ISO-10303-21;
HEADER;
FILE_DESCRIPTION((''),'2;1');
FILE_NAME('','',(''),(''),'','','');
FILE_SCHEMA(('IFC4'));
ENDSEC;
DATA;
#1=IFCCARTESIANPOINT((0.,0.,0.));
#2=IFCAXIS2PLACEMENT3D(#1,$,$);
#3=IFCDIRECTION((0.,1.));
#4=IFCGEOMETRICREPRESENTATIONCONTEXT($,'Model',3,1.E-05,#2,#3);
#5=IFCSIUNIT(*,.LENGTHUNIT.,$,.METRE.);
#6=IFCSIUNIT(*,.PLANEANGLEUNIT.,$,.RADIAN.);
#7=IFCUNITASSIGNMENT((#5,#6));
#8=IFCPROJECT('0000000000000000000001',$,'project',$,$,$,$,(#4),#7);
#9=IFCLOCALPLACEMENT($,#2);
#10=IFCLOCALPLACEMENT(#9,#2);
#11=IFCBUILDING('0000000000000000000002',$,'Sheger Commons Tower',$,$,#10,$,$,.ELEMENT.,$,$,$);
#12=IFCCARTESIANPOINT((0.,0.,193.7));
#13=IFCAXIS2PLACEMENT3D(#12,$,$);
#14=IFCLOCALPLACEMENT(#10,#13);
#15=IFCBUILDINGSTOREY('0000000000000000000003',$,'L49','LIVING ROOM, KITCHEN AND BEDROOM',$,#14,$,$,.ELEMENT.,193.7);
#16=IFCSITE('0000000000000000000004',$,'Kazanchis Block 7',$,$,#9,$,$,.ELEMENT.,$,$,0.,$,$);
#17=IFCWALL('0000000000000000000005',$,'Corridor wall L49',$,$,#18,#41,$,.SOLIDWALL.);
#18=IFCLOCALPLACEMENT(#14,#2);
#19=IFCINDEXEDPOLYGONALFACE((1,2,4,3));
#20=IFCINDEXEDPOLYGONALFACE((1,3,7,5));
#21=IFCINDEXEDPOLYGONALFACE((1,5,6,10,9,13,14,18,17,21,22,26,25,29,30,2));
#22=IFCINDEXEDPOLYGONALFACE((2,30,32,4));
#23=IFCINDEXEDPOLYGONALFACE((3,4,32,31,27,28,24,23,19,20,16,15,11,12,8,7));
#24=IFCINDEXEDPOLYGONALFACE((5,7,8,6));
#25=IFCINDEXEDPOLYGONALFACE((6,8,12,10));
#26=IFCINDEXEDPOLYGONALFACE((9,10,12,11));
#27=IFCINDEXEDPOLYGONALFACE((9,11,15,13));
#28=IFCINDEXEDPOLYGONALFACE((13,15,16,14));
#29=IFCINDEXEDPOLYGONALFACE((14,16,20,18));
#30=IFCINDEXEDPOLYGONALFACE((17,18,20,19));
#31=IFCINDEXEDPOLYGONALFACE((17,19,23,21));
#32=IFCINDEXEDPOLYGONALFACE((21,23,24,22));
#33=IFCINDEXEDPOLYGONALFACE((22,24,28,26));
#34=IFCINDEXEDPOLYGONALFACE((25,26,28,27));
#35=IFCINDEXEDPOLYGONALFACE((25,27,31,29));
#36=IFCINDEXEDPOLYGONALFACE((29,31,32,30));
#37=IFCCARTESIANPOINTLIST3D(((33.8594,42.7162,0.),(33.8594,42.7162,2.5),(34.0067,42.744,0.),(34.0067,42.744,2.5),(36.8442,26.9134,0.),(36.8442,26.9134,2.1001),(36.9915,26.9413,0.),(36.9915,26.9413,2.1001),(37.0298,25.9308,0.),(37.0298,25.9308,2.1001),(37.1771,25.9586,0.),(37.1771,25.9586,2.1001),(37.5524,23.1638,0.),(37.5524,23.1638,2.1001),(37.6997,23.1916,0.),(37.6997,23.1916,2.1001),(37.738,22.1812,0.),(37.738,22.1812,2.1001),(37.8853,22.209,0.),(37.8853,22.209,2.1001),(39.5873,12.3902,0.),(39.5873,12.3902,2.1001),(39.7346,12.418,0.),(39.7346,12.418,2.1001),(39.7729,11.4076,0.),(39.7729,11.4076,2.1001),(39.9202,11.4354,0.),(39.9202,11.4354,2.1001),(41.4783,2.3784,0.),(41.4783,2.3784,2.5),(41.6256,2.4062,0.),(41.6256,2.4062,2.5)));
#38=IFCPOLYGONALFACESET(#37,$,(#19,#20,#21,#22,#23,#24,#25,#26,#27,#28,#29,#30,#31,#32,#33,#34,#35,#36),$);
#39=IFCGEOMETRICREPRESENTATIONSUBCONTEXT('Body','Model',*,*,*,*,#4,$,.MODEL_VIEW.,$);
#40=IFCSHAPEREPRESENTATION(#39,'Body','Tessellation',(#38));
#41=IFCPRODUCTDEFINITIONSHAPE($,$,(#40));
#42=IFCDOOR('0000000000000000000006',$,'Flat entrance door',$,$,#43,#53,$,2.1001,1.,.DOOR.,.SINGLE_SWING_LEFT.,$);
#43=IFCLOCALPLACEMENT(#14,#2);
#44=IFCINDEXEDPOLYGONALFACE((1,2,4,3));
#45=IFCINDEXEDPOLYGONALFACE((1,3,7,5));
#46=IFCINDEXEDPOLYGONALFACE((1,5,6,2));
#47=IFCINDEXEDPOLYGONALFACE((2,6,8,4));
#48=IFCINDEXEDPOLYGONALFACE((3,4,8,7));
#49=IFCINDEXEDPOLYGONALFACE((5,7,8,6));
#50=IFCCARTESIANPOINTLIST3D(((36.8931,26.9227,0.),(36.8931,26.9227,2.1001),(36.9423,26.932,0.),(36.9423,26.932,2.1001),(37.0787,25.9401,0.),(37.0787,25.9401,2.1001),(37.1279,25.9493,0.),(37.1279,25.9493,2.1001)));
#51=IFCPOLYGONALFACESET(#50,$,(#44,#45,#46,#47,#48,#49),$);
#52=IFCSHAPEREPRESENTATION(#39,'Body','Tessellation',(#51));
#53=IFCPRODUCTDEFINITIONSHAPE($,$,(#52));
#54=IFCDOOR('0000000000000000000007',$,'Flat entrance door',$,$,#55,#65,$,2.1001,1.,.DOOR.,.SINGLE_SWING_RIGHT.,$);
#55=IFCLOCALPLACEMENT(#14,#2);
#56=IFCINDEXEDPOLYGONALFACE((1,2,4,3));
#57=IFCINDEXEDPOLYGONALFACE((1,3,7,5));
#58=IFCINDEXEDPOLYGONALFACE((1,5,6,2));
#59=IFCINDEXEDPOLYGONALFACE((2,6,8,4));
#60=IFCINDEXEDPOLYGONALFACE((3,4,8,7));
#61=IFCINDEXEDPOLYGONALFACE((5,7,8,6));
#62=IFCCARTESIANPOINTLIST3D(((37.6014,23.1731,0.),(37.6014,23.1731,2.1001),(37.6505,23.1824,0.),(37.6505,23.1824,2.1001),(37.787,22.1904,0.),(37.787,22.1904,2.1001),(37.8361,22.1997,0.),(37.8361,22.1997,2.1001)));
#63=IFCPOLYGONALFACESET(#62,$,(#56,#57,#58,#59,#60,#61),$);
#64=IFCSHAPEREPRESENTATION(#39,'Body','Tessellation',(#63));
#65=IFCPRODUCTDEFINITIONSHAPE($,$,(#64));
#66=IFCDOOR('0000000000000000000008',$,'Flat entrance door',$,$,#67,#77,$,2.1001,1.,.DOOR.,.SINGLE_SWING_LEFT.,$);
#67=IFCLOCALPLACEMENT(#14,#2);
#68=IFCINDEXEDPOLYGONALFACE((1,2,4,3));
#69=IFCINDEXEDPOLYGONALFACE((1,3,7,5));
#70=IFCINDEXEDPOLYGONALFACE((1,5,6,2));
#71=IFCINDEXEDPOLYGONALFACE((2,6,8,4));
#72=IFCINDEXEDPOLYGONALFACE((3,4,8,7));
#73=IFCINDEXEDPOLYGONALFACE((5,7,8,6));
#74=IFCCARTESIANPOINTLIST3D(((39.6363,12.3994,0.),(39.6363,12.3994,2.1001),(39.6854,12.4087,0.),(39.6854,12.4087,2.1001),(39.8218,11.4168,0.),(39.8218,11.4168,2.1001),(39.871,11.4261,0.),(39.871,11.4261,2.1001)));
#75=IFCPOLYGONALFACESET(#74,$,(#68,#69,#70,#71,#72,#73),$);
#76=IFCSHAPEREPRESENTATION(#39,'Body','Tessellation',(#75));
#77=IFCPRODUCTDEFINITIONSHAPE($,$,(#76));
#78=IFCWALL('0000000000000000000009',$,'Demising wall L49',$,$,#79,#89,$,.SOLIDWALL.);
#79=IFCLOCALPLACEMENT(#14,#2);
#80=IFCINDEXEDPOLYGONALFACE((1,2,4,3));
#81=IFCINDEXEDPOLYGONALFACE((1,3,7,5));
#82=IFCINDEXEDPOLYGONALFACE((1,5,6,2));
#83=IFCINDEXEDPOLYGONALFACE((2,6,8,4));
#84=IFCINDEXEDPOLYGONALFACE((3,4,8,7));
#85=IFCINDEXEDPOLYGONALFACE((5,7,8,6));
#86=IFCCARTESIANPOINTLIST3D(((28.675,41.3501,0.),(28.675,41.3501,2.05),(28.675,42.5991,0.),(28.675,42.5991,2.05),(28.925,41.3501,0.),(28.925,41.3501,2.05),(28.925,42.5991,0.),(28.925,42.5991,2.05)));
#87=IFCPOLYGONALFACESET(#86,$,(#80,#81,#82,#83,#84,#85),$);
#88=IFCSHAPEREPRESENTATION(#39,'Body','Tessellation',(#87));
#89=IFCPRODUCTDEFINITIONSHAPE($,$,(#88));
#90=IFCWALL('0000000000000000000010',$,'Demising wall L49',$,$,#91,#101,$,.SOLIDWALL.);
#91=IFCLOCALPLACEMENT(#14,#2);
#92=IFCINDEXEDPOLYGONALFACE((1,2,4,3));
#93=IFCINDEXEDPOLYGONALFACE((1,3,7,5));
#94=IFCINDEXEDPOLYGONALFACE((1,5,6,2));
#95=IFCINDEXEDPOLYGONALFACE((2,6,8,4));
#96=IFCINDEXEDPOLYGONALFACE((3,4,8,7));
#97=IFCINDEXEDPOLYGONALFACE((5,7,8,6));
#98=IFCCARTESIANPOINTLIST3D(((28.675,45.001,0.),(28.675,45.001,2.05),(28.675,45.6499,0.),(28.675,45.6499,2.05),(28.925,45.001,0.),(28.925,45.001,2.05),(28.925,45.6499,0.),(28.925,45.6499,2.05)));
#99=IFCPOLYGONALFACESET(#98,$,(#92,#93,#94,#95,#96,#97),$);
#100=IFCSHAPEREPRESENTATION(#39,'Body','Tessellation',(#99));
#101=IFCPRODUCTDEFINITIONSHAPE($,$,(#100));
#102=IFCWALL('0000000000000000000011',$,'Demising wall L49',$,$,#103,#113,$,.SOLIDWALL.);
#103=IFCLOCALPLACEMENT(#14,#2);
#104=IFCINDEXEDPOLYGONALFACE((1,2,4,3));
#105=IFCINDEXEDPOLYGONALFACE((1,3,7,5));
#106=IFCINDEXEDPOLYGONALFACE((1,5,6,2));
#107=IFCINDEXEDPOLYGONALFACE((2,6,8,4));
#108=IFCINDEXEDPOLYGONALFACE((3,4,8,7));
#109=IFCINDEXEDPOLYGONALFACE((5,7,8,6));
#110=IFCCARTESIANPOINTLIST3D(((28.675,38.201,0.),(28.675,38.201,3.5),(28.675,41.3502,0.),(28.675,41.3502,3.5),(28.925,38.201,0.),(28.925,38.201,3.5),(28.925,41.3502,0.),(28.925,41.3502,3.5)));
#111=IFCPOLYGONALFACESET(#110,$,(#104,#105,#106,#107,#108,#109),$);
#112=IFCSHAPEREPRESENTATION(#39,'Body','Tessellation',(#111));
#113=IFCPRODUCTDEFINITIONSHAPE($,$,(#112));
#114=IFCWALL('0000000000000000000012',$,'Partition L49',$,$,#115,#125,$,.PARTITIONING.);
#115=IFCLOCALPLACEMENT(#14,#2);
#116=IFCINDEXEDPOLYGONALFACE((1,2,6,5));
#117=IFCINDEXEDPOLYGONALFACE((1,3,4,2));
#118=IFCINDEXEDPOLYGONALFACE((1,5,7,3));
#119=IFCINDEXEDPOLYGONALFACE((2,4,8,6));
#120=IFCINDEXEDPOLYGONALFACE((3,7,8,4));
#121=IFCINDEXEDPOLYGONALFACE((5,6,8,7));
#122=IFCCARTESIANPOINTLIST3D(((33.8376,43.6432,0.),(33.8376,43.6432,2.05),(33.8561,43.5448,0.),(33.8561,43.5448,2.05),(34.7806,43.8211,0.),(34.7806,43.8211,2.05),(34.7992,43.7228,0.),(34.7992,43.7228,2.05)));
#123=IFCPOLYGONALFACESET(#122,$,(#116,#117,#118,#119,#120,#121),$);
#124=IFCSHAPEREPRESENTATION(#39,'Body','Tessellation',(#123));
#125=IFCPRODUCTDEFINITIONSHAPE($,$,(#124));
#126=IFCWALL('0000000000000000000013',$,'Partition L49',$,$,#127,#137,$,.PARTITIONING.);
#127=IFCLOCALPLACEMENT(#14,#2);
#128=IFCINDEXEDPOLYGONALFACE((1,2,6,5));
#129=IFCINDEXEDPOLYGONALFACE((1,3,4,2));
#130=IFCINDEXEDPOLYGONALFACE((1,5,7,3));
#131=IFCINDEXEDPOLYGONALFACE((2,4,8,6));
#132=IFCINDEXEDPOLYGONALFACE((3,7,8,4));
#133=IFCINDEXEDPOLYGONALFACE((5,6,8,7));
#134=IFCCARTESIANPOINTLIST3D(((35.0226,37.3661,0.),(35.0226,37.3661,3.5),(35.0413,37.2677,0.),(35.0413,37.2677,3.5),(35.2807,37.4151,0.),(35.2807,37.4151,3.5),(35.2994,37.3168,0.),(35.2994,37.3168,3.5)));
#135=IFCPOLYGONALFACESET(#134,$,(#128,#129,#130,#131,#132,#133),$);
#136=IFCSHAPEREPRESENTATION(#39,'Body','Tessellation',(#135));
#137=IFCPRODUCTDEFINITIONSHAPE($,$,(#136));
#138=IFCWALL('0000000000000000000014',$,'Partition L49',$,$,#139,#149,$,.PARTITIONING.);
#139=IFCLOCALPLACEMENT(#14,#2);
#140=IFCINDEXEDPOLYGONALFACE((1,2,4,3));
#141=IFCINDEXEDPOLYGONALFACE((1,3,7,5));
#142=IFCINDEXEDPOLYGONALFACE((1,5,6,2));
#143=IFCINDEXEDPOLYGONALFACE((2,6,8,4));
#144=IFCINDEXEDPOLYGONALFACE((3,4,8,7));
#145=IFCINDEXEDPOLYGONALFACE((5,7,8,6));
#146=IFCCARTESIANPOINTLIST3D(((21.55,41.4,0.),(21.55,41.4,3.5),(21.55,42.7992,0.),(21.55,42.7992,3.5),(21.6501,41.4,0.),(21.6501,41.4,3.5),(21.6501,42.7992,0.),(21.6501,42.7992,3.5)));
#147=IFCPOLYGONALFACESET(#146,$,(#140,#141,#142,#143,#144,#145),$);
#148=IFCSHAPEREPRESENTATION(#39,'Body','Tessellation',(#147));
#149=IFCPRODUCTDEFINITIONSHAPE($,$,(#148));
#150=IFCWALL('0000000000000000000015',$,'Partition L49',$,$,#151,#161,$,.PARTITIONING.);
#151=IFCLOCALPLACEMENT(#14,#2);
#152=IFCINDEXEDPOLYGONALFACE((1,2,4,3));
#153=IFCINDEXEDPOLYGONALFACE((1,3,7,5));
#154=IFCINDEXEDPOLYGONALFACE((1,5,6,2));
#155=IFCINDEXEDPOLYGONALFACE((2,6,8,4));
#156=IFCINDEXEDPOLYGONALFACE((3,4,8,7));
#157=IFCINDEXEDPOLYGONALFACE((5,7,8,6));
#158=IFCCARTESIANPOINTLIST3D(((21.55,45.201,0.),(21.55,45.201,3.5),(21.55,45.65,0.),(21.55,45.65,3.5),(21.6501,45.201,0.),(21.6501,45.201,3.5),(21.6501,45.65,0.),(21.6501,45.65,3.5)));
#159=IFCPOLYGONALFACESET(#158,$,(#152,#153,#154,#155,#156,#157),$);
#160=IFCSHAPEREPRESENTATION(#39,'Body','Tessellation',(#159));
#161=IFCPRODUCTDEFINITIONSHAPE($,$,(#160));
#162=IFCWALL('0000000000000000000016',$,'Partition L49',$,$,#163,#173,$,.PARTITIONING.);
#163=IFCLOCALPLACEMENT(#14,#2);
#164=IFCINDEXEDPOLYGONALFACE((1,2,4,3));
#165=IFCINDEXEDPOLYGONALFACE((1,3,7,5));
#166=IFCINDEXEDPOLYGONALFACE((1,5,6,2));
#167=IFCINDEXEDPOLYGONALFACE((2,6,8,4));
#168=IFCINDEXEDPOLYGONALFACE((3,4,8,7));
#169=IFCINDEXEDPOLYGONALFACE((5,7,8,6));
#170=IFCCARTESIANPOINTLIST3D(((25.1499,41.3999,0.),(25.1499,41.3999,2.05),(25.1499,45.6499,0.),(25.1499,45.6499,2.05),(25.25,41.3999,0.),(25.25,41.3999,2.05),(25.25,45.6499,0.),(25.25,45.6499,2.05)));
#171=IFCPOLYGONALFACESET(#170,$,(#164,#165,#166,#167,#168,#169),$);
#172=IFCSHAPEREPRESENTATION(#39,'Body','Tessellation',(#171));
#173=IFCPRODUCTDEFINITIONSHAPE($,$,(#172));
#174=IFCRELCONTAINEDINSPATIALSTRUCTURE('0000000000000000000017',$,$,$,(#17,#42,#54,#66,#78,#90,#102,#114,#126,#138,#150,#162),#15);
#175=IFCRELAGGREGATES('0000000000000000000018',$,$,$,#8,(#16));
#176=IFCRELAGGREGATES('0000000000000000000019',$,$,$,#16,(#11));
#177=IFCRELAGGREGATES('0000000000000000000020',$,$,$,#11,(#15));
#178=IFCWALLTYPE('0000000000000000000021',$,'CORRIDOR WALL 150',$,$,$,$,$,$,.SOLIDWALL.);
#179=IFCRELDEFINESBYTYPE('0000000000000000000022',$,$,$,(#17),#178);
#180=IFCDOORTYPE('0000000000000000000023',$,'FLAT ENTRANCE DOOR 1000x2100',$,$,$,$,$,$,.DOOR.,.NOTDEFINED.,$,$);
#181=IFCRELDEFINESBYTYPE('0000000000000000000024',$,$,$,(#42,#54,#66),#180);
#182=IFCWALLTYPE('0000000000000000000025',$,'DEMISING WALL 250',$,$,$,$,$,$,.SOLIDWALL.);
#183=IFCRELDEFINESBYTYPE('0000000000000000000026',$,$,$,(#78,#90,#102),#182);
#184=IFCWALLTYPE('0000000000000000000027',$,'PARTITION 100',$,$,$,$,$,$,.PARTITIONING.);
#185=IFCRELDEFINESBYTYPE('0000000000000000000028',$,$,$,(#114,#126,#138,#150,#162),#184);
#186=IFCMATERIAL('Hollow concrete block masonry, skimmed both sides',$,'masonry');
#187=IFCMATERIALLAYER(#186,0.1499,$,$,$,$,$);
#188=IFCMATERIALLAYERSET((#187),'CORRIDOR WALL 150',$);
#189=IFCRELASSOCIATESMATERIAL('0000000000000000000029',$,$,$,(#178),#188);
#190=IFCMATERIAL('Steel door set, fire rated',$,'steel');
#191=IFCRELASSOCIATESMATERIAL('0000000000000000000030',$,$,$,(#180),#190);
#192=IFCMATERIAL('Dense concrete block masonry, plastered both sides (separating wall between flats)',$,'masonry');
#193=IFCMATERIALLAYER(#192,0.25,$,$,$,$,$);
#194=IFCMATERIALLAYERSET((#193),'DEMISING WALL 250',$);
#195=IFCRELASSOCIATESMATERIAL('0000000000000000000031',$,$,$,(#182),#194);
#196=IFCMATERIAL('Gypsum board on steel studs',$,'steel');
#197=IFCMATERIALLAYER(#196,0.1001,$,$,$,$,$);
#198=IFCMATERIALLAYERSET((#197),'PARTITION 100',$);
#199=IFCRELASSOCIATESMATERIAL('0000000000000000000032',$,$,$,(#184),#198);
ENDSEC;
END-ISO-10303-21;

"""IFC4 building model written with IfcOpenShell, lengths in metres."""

from ifc_helpers import new_model, si_unit, direction, frame, frame_2d, origin, place, context, subcontext, project, spatial, rectangle, extrude, material, layer, layer_set, type_object, element, fill, save


model = new_model("IFC4")

# Units and contexts
model_context = context("Model", 3, precision=1e-05, world=origin(), true_north=direction((0.0, 1.0)))
body_context = subcontext(model_context, "Body", "Model", "MODEL_VIEW")
ifc_project = project(units=[si_unit("LENGTHUNIT", "METRE"), si_unit("PLANEANGLEUNIT", "RADIAN")], contexts=[model_context])

# Site, building, storey
site_placement = place(None, origin())
site = spatial("IfcSite", under=ifc_project, at=site_placement, Name="Kazanchis Block 7", CompositionType="ELEMENT", RefElevation=0.0)
building_placement = place(site_placement, origin())
building = spatial("IfcBuilding", under=site, at=building_placement, Name="Sheger Commons Tower", CompositionType="ELEMENT")
storey_placement = place(building_placement, frame((0.0, 0.0, 193.7)))
storey = spatial("IfcBuildingStorey", under=building, at=storey_placement, Name="L49", Description="LIVING ROOM, KITCHEN AND BEDROOM", CompositionType="ELEMENT", Elevation=193.7)

# Shared definitions
ifc_material_1 = material(Name="Hollow concrete block masonry, skimmed both sides", Category="masonry")
ifc_layer_1 = layer(ifc_material_1, 0.1499)
ifc_layer_set_1 = layer_set([ifc_layer_1], Name="CORRIDOR WALL 150")
wall_type_1 = type_object("IfcWallType", Name="CORRIDOR WALL 150", PredefinedType="SOLIDWALL", material=ifc_layer_set_1)

# Wall, openings, doors
wall_1_placement = place(storey_placement, frame((33.9331, 42.73, 0.0), z_axis=(0.0, 0.0, 1.0), x_axis=(0.185595, -0.982626, 0.0)))
wall_1 = element("IfcWall", 1, at=wall_1_placement, inside=storey, type_object=wall_type_1, Name="Corridor wall L49", PredefinedType="SOLIDWALL", context=body_context, shape_type="SweptSolid", body=[
    extrude(rectangle(XDim=41.051, YDim=0.1499, at=frame_2d((20.5254, 0.0))), origin(), (0.0, 0.0, 1.0), 2.5),
])
opening_1_placement = place(wall_1_placement, frame((16.082, 0.0, 0.0)))
opening_1 = element("IfcOpeningElement", 2, at=opening_1_placement, cuts=wall_1, PredefinedType="OPENING", context=body_context, shape_type="SweptSolid", body=[
    extrude(rectangle(XDim=1.0, YDim=2.1001, at=frame_2d((0.5, 1.05))), frame((0.0, 0.085, 0.0), z_axis=(0.0, -1.0, 0.0), x_axis=(1.0, 0.0, 0.0)), (0.0, 0.0, 1.0), 0.1699),
])
opening_2_placement = place(wall_1_placement, frame((19.8979, 0.0, 0.0)))
opening_2 = element("IfcOpeningElement", 3, at=opening_2_placement, cuts=wall_1, PredefinedType="OPENING", context=body_context, shape_type="SweptSolid", body=[
    extrude(rectangle(XDim=1.0, YDim=2.1001, at=frame_2d((0.5, 1.05))), frame((0.0, 0.085, 0.0), z_axis=(0.0, -1.0, 0.0), x_axis=(1.0, 0.0, 0.0)), (0.0, 0.0, 1.0), 0.1699),
])
opening_3_placement = place(wall_1_placement, frame((30.8621, 0.0, 0.0)))
opening_3 = element("IfcOpeningElement", 4, at=opening_3_placement, cuts=wall_1, PredefinedType="OPENING", context=body_context, shape_type="SweptSolid", body=[
    extrude(rectangle(XDim=1.0, YDim=2.1001, at=frame_2d((0.5, 1.05))), frame((0.0, 0.085, 0.0), z_axis=(0.0, -1.0, 0.0), x_axis=(1.0, 0.0, 0.0)), (0.0, 0.0, 1.0), 0.1699),
])
ifc_material_2 = material(Name="Steel door set, fire rated", Category="steel")
door_type_1 = type_object("IfcDoorType", Name="FLAT ENTRANCE DOOR 1000x2100", OperationType="NOTDEFINED", PredefinedType="DOOR", material=ifc_material_2)
door_1_placement = place(opening_1_placement, origin())
door_1 = element("IfcDoor", 5, at=door_1_placement, inside=storey, type_object=door_type_1, Name="Flat entrance door", OperationType="SINGLE_SWING_LEFT", OverallHeight=2.1001, OverallWidth=1.0, PredefinedType="DOOR", context=body_context, shape_type="SweptSolid", body=[
    extrude(rectangle(XDim=1.0, YDim=2.1001, at=frame_2d((0.5, 1.05))), frame((0.0, 0.0249, 0.0), z_axis=(0.0, -1.0, 0.0), x_axis=(1.0, 0.0, 0.0)), (0.0, 0.0, 1.0), 0.05),
])
fill(opening_1, door_1)
door_2_placement = place(opening_2_placement, origin())
door_2 = element("IfcDoor", 6, at=door_2_placement, inside=storey, type_object=door_type_1, Name="Flat entrance door", OperationType="SINGLE_SWING_RIGHT", OverallHeight=2.1001, OverallWidth=1.0, PredefinedType="DOOR", context=body_context, shape_type="SweptSolid", body=[
    extrude(rectangle(XDim=1.0, YDim=2.1001, at=frame_2d((0.5, 1.05))), frame((0.0, 0.0249, 0.0), z_axis=(0.0, -1.0, 0.0), x_axis=(1.0, 0.0, 0.0)), (0.0, 0.0, 1.0), 0.05),
])
fill(opening_2, door_2)
door_3_placement = place(opening_3_placement, origin())
door_3 = element("IfcDoor", 7, at=door_3_placement, inside=storey, type_object=door_type_1, Name="Flat entrance door", OperationType="SINGLE_SWING_LEFT", OverallHeight=2.1001, OverallWidth=1.0, PredefinedType="DOOR", context=body_context, shape_type="SweptSolid", body=[
    extrude(rectangle(XDim=1.0, YDim=2.1001, at=frame_2d((0.5, 1.05))), frame((0.0, 0.0249, 0.0), z_axis=(0.0, -1.0, 0.0), x_axis=(1.0, 0.0, 0.0)), (0.0, 0.0, 1.0), 0.05),
])
fill(opening_3, door_3)

# Walls
ifc_material_3 = material(Name="Dense concrete block masonry, plastered both sides (separating wall between flats)", Category="masonry")
ifc_layer_2 = layer(ifc_material_3, 0.25)
ifc_layer_set_2 = layer_set([ifc_layer_2], Name="DEMISING WALL 250")
wall_type_2 = type_object("IfcWallType", Name="DEMISING WALL 250", PredefinedType="SOLIDWALL", material=ifc_layer_set_2)
wall_2_placement = place(storey_placement, frame((28.8, 41.3501, 0.0), z_axis=(0.0, 0.0, 1.0), x_axis=(0.0, 1.0, 0.0)))
element("IfcWall", 8, at=wall_2_placement, inside=storey, type_object=wall_type_2, Name="Demising wall L49", PredefinedType="SOLIDWALL", context=body_context, shape_type="SweptSolid", body=[
    extrude(rectangle(XDim=1.249, YDim=0.25, at=frame_2d((0.6245, 0.0))), origin(), (0.0, 0.0, 1.0), 2.05),
])
wall_3_placement = place(storey_placement, frame((28.8, 45.001, 0.0), z_axis=(0.0, 0.0, 1.0), x_axis=(0.0, 1.0, 0.0)))
element("IfcWall", 9, at=wall_3_placement, inside=storey, type_object=wall_type_2, Name="Demising wall L49", PredefinedType="SOLIDWALL", context=body_context, shape_type="SweptSolid", body=[
    extrude(rectangle(XDim=0.6489, YDim=0.25, at=frame_2d((0.3245, 0.0))), origin(), (0.0, 0.0, 1.0), 2.05),
])
wall_4_placement = place(storey_placement, frame((28.8, 38.2009, 0.0), z_axis=(0.0, 0.0, 1.0), x_axis=(0.0, 1.0, 0.0)))
element("IfcWall", 10, at=wall_4_placement, inside=storey, type_object=wall_type_2, Name="Demising wall L49", PredefinedType="SOLIDWALL", context=body_context, shape_type="SweptSolid", body=[
    extrude(rectangle(XDim=3.1492, YDim=0.25, at=frame_2d((1.5747, 0.0))), origin(), (0.0, 0.0, 1.0), 3.5),
])
ifc_material_4 = material(Name="Gypsum board on steel studs", Category="steel")
ifc_layer_3 = layer(ifc_material_4, 0.1001)
ifc_layer_set_3 = layer_set([ifc_layer_3], Name="PARTITION 100")
wall_type_3 = type_object("IfcWallType", Name="PARTITION 100", PredefinedType="PARTITIONING", material=ifc_layer_set_3)
wall_5_placement = place(storey_placement, frame((34.79, 43.772, 0.0), z_axis=(0.0, 0.0, 1.0), x_axis=(-0.982656, -0.18544, 0.0)))
element("IfcWall", 11, at=wall_5_placement, inside=storey, type_object=wall_type_3, Name="Partition L49", PredefinedType="PARTITIONING", context=body_context, shape_type="SweptSolid", body=[
    extrude(rectangle(XDim=0.9597, YDim=0.1001, at=frame_2d((0.48, 0.0))), origin(), (0.0, 0.0, 1.0), 2.05),
])
wall_6_placement = place(storey_placement, frame((35.29, 37.366, 0.0), z_axis=(0.0, 0.0, 1.0), x_axis=(-0.982395, -0.186813, 0.0)))
element("IfcWall", 12, at=wall_6_placement, inside=storey, type_object=wall_type_3, Name="Partition L49", PredefinedType="PARTITIONING", context=body_context, shape_type="SweptSolid", body=[
    extrude(rectangle(XDim=0.2627, YDim=0.1001, at=frame_2d((0.1313, 0.0))), origin(), (0.0, 0.0, 1.0), 3.5),
])
wall_7_placement = place(storey_placement, frame((21.6001, 41.3999, 0.0), z_axis=(0.0, 0.0, 1.0), x_axis=(0.0, 1.0, 0.0)))
element("IfcWall", 13, at=wall_7_placement, inside=storey, type_object=wall_type_3, Name="Partition L49", PredefinedType="PARTITIONING", context=body_context, shape_type="SweptSolid", body=[
    extrude(rectangle(XDim=1.3992, YDim=0.1001, at=frame_2d((0.6997, 0.0))), origin(), (0.0, 0.0, 1.0), 3.5),
])
wall_8_placement = place(storey_placement, frame((21.6001, 45.2009, 0.0), z_axis=(0.0, 0.0, 1.0), x_axis=(0.0, 1.0, 0.0)))
element("IfcWall", 14, at=wall_8_placement, inside=storey, type_object=wall_type_3, Name="Partition L49", PredefinedType="PARTITIONING", context=body_context, shape_type="SweptSolid", body=[
    extrude(rectangle(XDim=0.449, YDim=0.1001, at=frame_2d((0.2246, 0.0))), origin(), (0.0, 0.0, 1.0), 3.5),
])
wall_9_placement = place(storey_placement, frame((25.2, 41.3999, 0.0), z_axis=(0.0, 0.0, 1.0), x_axis=(0.0, 1.0, 0.0)))
element("IfcWall", 15, at=wall_9_placement, inside=storey, type_object=wall_type_3, Name="Partition L49", PredefinedType="PARTITIONING", context=body_context, shape_type="SweptSolid", body=[
    extrude(rectangle(XDim=4.25, YDim=0.1001, at=frame_2d((2.125, 0.0))), origin(), (0.0, 0.0, 1.0), 2.05),
])

save(model, "model.ifc")
